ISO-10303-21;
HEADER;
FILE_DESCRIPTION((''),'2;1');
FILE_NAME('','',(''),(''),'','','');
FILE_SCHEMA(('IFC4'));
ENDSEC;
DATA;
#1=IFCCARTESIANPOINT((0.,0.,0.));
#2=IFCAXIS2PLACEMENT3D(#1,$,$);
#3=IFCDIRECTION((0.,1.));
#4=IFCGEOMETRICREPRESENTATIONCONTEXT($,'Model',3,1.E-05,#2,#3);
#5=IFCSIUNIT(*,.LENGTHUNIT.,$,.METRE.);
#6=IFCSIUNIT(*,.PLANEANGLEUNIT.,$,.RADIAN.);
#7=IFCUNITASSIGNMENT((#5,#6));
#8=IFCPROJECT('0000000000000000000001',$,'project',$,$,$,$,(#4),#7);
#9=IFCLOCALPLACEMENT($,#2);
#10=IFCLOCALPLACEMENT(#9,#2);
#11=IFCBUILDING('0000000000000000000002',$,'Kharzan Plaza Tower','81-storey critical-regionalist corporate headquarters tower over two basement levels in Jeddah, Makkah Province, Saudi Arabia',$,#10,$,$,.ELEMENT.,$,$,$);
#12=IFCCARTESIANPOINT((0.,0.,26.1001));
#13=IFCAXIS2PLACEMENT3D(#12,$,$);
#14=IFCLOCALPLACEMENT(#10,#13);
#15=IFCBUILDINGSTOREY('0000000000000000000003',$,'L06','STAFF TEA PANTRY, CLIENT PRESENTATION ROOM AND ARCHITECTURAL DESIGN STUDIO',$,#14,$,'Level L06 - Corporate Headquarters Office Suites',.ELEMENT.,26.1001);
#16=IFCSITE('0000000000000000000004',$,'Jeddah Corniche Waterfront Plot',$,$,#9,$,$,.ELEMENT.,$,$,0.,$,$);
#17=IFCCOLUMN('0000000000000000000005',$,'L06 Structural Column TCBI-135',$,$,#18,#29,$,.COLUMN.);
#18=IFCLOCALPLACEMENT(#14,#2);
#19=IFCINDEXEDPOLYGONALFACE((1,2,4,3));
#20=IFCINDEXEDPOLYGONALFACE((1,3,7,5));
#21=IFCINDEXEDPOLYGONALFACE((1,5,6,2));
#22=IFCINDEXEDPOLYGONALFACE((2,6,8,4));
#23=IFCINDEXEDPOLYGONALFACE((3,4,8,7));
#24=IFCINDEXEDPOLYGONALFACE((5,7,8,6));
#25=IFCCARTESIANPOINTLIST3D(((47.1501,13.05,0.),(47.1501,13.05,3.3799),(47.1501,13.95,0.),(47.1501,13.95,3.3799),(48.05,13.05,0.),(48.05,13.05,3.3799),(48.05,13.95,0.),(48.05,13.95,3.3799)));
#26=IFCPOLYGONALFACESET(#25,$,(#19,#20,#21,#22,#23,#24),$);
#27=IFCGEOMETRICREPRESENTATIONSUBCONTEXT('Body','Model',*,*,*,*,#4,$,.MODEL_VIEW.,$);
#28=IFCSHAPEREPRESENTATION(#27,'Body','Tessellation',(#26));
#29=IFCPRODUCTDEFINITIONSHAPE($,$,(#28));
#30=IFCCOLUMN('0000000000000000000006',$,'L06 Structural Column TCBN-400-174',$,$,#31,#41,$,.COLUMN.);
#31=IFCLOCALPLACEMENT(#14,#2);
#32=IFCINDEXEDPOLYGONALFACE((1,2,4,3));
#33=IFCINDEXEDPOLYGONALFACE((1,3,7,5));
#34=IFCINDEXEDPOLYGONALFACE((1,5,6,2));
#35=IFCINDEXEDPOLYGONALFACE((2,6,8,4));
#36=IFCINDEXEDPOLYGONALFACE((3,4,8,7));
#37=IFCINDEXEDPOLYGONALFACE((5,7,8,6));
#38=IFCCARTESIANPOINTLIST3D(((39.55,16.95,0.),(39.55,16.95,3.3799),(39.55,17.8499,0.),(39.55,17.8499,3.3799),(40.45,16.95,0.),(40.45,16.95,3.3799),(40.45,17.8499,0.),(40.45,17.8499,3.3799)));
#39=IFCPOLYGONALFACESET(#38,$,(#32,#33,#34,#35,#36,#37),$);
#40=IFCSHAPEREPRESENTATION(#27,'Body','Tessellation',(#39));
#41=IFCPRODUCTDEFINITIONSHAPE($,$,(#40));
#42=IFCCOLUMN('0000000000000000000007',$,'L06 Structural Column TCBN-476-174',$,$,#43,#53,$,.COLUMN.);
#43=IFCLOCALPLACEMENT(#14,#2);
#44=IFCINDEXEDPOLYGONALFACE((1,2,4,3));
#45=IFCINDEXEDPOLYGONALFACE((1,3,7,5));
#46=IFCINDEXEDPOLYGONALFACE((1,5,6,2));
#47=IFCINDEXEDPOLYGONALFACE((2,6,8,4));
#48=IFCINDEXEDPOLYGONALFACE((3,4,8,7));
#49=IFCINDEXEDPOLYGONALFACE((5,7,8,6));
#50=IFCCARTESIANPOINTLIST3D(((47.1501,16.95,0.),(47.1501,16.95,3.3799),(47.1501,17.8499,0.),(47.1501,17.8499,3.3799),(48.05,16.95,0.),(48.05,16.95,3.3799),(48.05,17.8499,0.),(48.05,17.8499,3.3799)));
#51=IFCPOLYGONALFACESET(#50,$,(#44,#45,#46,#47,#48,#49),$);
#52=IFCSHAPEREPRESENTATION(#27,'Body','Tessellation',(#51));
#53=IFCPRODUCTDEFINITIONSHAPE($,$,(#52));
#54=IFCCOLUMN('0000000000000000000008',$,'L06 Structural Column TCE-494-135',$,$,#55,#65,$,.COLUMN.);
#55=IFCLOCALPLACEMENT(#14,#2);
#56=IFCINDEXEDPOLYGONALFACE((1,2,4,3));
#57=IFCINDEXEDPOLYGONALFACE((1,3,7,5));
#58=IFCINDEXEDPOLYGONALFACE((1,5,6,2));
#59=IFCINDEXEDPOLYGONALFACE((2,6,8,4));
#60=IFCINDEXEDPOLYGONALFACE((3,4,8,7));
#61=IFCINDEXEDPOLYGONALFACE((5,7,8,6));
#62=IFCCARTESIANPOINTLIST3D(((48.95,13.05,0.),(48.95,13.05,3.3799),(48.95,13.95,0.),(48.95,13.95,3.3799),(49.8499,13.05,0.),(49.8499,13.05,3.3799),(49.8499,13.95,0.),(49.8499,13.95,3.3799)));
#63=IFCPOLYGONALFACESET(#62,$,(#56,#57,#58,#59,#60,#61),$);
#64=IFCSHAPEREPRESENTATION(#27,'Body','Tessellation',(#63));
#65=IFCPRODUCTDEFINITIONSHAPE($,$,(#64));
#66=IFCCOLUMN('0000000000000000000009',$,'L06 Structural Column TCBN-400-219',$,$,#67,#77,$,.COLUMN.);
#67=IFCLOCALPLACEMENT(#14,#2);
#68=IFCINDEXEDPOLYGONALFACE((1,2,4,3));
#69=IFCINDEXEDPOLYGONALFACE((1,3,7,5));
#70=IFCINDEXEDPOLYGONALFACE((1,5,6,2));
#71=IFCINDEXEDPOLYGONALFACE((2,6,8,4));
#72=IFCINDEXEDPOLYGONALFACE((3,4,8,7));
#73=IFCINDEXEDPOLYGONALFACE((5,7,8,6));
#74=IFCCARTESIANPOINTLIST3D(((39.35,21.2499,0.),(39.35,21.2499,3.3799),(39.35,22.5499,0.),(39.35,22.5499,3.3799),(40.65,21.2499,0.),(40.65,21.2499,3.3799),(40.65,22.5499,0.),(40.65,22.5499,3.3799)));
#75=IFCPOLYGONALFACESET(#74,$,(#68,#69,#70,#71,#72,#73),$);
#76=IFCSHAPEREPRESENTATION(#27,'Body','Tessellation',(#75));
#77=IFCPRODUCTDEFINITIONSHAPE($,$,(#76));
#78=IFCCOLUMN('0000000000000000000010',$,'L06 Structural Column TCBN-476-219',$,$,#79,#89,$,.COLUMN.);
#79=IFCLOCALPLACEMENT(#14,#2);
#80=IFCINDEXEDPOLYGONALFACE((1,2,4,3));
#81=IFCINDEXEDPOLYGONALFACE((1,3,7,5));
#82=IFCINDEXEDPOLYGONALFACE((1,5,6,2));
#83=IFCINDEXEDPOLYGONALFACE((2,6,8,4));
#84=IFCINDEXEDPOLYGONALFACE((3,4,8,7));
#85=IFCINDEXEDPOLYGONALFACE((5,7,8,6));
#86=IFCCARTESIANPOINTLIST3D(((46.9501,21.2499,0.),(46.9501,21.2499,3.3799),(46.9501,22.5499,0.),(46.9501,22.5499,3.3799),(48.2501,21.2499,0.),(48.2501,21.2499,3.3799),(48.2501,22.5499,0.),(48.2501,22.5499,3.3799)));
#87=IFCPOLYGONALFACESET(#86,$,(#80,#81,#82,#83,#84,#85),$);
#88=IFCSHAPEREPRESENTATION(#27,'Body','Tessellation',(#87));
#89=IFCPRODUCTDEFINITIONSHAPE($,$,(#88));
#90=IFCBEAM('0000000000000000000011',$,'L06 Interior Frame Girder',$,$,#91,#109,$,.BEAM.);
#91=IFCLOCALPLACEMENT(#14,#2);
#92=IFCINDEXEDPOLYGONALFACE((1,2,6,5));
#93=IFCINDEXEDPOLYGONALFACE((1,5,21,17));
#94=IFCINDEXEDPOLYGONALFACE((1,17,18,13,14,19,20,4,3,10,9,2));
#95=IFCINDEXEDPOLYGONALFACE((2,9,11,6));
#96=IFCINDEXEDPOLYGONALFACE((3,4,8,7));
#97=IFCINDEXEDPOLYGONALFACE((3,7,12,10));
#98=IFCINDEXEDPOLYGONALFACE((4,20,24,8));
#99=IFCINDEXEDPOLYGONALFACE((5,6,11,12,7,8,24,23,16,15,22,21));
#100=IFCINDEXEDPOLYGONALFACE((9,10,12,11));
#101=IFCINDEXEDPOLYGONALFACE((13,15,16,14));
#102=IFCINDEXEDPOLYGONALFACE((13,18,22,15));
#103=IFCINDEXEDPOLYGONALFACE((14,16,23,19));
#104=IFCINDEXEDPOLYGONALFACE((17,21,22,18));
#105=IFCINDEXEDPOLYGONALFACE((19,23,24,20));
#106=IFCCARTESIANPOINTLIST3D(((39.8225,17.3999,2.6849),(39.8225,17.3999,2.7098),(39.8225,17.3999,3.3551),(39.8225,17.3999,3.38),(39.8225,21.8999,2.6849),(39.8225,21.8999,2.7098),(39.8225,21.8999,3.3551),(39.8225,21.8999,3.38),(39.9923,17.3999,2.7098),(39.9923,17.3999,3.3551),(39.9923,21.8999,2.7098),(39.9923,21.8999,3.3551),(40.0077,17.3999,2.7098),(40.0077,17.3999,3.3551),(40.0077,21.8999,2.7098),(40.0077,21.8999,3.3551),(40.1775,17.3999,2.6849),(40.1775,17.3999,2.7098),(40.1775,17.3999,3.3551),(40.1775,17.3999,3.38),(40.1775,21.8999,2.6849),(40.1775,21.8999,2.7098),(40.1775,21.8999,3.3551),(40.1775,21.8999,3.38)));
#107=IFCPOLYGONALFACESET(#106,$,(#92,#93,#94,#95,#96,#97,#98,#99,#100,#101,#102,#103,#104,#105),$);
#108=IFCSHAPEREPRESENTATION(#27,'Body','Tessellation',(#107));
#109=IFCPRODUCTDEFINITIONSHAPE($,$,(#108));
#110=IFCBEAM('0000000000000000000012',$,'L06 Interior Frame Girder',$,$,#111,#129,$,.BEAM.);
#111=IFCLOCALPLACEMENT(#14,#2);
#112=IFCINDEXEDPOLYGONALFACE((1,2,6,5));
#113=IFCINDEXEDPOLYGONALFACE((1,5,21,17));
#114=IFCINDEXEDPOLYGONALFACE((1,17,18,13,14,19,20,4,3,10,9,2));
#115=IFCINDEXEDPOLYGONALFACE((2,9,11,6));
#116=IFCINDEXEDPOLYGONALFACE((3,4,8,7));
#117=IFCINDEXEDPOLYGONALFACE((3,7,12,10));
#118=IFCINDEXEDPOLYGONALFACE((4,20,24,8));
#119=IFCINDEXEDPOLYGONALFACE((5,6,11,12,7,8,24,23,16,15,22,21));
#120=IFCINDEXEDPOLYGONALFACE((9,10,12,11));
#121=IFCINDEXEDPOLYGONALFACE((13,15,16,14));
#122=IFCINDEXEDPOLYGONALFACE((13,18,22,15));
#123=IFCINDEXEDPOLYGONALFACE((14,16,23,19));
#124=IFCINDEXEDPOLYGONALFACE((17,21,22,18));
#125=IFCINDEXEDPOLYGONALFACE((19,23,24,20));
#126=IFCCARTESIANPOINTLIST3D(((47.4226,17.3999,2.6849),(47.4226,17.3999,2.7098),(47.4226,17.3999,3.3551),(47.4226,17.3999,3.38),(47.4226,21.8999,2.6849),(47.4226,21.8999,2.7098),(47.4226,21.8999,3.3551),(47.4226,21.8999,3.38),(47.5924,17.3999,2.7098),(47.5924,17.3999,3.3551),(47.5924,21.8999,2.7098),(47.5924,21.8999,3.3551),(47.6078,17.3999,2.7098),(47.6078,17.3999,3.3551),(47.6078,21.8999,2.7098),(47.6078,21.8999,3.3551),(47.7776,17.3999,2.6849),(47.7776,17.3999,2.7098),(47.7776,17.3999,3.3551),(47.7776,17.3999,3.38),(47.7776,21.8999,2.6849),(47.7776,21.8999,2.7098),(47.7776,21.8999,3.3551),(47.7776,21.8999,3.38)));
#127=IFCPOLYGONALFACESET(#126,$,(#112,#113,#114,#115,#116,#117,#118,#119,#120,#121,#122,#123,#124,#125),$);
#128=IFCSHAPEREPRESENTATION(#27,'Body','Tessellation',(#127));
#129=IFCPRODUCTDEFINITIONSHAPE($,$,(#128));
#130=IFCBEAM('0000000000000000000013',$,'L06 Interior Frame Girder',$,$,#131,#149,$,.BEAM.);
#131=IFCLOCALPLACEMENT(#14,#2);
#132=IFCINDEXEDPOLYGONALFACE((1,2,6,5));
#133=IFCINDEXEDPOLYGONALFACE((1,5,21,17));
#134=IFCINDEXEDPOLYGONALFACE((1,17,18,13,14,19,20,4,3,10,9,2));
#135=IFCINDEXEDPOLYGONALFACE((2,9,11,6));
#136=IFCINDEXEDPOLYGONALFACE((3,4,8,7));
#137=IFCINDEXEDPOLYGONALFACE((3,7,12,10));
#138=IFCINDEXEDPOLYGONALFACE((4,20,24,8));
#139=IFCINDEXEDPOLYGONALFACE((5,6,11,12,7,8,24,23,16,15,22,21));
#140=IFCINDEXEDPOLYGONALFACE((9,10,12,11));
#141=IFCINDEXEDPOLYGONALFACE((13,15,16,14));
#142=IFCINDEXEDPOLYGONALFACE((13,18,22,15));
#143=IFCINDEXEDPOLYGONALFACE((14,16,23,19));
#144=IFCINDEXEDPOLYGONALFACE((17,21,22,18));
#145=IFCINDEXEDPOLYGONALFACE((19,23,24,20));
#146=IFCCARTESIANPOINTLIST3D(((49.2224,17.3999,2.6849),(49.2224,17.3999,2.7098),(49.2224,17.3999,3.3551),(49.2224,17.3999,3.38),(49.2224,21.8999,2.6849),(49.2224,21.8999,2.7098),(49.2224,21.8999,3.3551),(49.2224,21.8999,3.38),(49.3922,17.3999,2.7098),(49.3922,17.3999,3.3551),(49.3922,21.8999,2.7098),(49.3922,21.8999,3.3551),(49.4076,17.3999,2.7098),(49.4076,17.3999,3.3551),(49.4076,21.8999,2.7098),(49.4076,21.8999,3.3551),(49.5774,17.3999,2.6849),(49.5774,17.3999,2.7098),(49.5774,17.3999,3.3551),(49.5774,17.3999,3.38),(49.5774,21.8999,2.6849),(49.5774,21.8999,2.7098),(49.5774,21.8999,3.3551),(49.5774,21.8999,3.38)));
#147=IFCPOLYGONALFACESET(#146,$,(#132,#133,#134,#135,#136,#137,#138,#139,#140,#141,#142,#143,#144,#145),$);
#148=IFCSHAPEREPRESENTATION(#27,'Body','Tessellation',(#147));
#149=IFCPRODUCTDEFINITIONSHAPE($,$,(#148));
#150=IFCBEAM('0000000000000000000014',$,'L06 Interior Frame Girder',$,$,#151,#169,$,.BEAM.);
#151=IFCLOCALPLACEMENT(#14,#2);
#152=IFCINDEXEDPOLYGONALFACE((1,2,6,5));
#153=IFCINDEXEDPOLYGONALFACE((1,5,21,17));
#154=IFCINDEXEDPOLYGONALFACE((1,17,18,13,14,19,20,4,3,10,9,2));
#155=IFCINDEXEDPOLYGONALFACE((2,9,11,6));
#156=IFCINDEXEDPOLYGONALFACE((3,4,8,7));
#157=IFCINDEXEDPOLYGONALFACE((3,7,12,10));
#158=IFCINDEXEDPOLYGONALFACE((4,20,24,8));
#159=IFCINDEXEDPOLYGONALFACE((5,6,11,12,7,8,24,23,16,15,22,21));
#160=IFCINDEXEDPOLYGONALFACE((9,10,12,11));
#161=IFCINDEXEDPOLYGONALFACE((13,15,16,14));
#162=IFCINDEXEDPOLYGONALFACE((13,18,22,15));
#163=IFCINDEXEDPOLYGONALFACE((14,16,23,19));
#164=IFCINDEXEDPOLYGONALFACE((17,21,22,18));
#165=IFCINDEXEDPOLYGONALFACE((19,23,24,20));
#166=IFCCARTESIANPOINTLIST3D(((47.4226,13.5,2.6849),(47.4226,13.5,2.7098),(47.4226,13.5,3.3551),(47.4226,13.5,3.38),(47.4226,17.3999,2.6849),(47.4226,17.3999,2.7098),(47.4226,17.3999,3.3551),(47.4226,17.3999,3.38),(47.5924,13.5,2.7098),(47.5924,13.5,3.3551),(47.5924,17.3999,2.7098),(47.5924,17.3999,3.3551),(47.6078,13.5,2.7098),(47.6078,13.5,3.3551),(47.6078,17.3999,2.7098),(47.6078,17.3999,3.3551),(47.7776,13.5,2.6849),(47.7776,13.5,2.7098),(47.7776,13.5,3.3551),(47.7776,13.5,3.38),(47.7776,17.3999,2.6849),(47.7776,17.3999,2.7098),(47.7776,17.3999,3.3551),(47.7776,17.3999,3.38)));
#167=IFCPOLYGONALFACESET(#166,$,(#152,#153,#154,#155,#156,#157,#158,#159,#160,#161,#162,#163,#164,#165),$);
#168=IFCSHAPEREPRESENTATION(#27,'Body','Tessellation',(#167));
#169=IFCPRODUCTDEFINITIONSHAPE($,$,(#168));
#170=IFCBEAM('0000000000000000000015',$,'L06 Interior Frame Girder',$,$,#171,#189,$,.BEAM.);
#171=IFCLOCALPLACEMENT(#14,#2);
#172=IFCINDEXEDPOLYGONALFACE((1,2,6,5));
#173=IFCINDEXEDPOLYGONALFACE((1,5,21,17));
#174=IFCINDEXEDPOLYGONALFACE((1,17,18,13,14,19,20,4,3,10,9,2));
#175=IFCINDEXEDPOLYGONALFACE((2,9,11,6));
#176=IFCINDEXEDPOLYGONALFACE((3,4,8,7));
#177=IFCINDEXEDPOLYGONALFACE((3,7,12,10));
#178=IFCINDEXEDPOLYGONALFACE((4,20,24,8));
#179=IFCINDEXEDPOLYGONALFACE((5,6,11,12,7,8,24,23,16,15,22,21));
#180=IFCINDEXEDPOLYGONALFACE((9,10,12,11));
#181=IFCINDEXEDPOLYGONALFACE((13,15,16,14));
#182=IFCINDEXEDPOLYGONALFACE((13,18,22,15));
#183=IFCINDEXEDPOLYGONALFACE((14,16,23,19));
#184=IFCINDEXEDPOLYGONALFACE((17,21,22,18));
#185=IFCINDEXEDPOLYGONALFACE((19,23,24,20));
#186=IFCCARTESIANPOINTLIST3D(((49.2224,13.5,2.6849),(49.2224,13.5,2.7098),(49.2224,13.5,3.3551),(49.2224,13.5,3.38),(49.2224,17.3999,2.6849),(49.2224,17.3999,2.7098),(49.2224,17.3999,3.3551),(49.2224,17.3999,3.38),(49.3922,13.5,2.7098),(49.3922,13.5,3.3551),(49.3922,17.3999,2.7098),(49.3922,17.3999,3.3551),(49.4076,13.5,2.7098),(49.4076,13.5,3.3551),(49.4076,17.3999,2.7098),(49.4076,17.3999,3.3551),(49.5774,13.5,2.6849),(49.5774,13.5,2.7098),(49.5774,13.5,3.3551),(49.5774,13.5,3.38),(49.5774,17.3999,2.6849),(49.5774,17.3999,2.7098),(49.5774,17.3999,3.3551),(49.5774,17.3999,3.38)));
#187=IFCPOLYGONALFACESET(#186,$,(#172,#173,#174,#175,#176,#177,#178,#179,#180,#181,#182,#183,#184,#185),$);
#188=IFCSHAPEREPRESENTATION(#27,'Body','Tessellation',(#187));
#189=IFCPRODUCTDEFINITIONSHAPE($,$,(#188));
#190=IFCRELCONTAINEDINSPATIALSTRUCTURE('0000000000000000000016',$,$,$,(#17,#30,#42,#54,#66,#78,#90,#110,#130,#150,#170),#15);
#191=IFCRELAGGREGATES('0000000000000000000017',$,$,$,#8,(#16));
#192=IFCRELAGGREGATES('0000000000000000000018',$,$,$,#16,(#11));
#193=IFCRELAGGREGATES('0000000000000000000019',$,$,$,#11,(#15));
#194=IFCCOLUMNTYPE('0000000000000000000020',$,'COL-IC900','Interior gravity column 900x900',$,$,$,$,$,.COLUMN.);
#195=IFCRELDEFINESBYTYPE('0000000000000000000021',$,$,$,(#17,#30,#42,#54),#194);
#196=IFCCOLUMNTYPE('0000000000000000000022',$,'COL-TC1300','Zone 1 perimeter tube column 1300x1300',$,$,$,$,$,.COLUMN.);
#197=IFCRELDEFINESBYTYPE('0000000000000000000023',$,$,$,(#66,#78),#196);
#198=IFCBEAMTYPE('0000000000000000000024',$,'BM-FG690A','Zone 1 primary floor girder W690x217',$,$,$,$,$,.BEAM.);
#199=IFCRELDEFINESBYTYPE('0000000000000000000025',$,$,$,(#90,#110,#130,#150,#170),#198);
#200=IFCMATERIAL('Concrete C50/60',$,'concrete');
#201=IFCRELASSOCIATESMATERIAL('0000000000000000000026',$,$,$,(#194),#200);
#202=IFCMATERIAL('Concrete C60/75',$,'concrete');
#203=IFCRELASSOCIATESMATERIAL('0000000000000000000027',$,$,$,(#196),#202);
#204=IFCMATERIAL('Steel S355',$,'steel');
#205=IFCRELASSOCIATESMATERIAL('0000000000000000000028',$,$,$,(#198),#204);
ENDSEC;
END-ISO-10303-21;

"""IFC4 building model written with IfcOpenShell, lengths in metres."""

from ifc_helpers import new_model, si_unit, direction, frame, origin, origin_2d, place, context, subcontext, project, spatial, rectangle, i_section, extrude, source, transform, mapped, material, material_profile, profile_set, type_object, element, save


model = new_model("IFC4")

# Units and contexts
model_context = context("Model", 3, precision=1e-05, world=origin(), true_north=direction((0.0, 1.0)))
body_context = subcontext(model_context, "Body", "Model", "MODEL_VIEW")
ifc_project = project(units=[si_unit("LENGTHUNIT", "METRE"), si_unit("PLANEANGLEUNIT", "RADIAN")], contexts=[model_context])

# Site, building, storey
site_placement = place(None, origin())
site = spatial("IfcSite", under=ifc_project, at=site_placement, Name="Jeddah Corniche Waterfront Plot", CompositionType="ELEMENT", RefElevation=0.0)
building_placement = place(site_placement, origin())
building = spatial("IfcBuilding", under=site, at=building_placement, Name="Kharzan Plaza Tower", Description="81-storey critical-regionalist corporate headquarters tower over two basement levels in Jeddah, Makkah Province, Saudi Arabia", CompositionType="ELEMENT")
storey_placement = place(building_placement, frame((0.0, 0.0, 26.1001)))
storey = spatial("IfcBuildingStorey", under=building, at=storey_placement, Name="L06", Description="STAFF TEA PANTRY, CLIENT PRESENTATION ROOM AND ARCHITECTURAL DESIGN STUDIO", LongName="Level L06 - Corporate Headquarters Office Suites", CompositionType="ELEMENT", Elevation=26.1001)

# Columns
ifc_material_1 = material(Name="Concrete C50/60", Category="concrete")
ifc_material_profile_1 = material_profile(ifc_material_1, rectangle(XDim=0.8999, YDim=0.8999, at=origin_2d()), Name="RC-IC900x900")
ifc_profile_set_1 = profile_set([ifc_material_profile_1], Name="Concrete C50/60")
column_type_1 = type_object("IfcColumnType", Name="COL-IC900", Description="Interior gravity column 900x900", PredefinedType="COLUMN", material=ifc_profile_set_1)
shared_shape_1 = source(origin(), body_context, "Body", "SweptSolid", [
    extrude(rectangle(XDim=0.8999, YDim=0.8999, at=origin_2d()), origin(), (0.0, 0.0, 1.0), 3.3799),
])
for number, where, z_axis, x_axis, name in (
    (1, (47.6001, 13.5, 0.0), (0.0, 0.0, 1.0), (1.0, 0.0, 0.0), "L06 Structural Column TCBI-135"),
    (2, (40.0, 17.3999, 0.0), (0.0, 0.0, 1.0), (1.0, 0.0, 0.0), "L06 Structural Column TCBN-400-174"),
    (3, (47.6001, 17.3999, 0.0), (0.0, 0.0, 1.0), (1.0, 0.0, 0.0), "L06 Structural Column TCBN-476-174"),
    (4, (49.3999, 13.5, 0.0), (0.0, 0.0, 1.0), (1.0, 0.0, 0.0), "L06 Structural Column TCE-494-135"),
):
    element("IfcColumn", number, at=place(storey_placement, frame(where, z_axis=z_axis, x_axis=x_axis)), inside=storey, type_object=column_type_1, Name=name, PredefinedType="COLUMN", context=body_context, shape_type="MappedRepresentation", body=[
        mapped(shared_shape_1, transform((0.0, 0.0, 0.0), x_axis=(1.0, 0.0, 0.0), y_axis=(0.0, 1.0, 0.0), z_axis=(0.0, 0.0, 1.0))),
    ])
ifc_material_2 = material(Name="Concrete C60/75", Category="concrete")
ifc_material_profile_2 = material_profile(ifc_material_2, rectangle(XDim=1.3, YDim=1.3, at=origin_2d()), Name="RC-TC1300x1300")
ifc_profile_set_2 = profile_set([ifc_material_profile_2], Name="Concrete C60/75")
column_type_2 = type_object("IfcColumnType", Name="COL-TC1300", Description="Zone 1 perimeter tube column 1300x1300", PredefinedType="COLUMN", material=ifc_profile_set_2)
shared_shape_2 = source(origin(), body_context, "Body", "SweptSolid", [
    extrude(rectangle(XDim=1.3, YDim=1.3, at=origin_2d()), origin(), (0.0, 0.0, 1.0), 3.3799),
])
for number, where, z_axis, x_axis, name in (
    (5, (40.0, 21.8999, 0.0), (0.0, 0.0, 1.0), (1.0, 0.0, 0.0), "L06 Structural Column TCBN-400-219"),
    (6, (47.6001, 21.8999, 0.0), (0.0, 0.0, 1.0), (1.0, 0.0, 0.0), "L06 Structural Column TCBN-476-219"),
):
    element("IfcColumn", number, at=place(storey_placement, frame(where, z_axis=z_axis, x_axis=x_axis)), inside=storey, type_object=column_type_2, Name=name, PredefinedType="COLUMN", context=body_context, shape_type="MappedRepresentation", body=[
        mapped(shared_shape_2, transform((0.0, 0.0, 0.0), x_axis=(1.0, 0.0, 0.0), y_axis=(0.0, 1.0, 0.0), z_axis=(0.0, 0.0, 1.0))),
    ])

# Beams
ifc_material_3 = material(Name="Steel S355", Category="steel")
ifc_material_profile_3 = material_profile(ifc_material_3, i_section(OverallWidth=0.355, OverallDepth=0.6951, WebThickness=0.0154, FlangeThickness=0.0249, at=origin_2d()), Name="W690x217")
ifc_profile_set_3 = profile_set([ifc_material_profile_3], Name="Steel S355")
beam_type_1 = type_object("IfcBeamType", Name="BM-FG690A", Description="Zone 1 primary floor girder W690x217", PredefinedType="BEAM", material=ifc_profile_set_3)
shared_shape_3 = source(origin(), body_context, "Body", "SweptSolid", [
    extrude(i_section(OverallWidth=0.355, OverallDepth=0.6951, WebThickness=0.0154, FlangeThickness=0.0249, at=origin_2d()), origin(), (0.0, 0.0, 1.0), 4.5),
])
for number, where, z_axis, x_axis, name in (
    (7, (40.0, 17.3999, 3.0325), (0.0, 1.0, 0.0), (-1.0, 0.0, 0.0), "L06 Interior Frame Girder"),
    (8, (47.6001, 17.3999, 3.0325), (0.0, 1.0, 0.0), (-1.0, 0.0, 0.0), "L06 Interior Frame Girder"),
    (9, (49.3999, 17.3999, 3.0325), (0.0, 1.0, 0.0), (-1.0, 0.0, 0.0), "L06 Interior Frame Girder"),
):
    element("IfcBeam", number, at=place(storey_placement, frame(where, z_axis=z_axis, x_axis=x_axis)), inside=storey, type_object=beam_type_1, Name=name, PredefinedType="BEAM", context=body_context, shape_type="MappedRepresentation", body=[
        mapped(shared_shape_3, transform((0.0, 0.0, 0.0), x_axis=(1.0, 0.0, 0.0), y_axis=(0.0, 1.0, 0.0), z_axis=(0.0, 0.0, 1.0))),
    ])
shared_shape_4 = source(origin(), body_context, "Body", "SweptSolid", [
    extrude(i_section(OverallWidth=0.355, OverallDepth=0.6951, WebThickness=0.0154, FlangeThickness=0.0249, at=origin_2d()), origin(), (0.0, 0.0, 1.0), 3.8999),
])
for number, where, z_axis, x_axis, name in (
    (10, (47.6001, 13.5, 3.0325), (0.0, 1.0, 0.0), (-1.0, 0.0, 0.0), "L06 Interior Frame Girder"),
    (11, (49.3999, 13.5, 3.0325), (0.0, 1.0, 0.0), (-1.0, 0.0, 0.0), "L06 Interior Frame Girder"),
):
    element("IfcBeam", number, at=place(storey_placement, frame(where, z_axis=z_axis, x_axis=x_axis)), inside=storey, type_object=beam_type_1, Name=name, PredefinedType="BEAM", context=body_context, shape_type="MappedRepresentation", body=[
        mapped(shared_shape_4, transform((0.0, 0.0, 0.0), x_axis=(1.0, 0.0, 0.0), y_axis=(0.0, 1.0, 0.0), z_axis=(0.0, 0.0, 1.0))),
    ])

save(model, "model.ifc")
